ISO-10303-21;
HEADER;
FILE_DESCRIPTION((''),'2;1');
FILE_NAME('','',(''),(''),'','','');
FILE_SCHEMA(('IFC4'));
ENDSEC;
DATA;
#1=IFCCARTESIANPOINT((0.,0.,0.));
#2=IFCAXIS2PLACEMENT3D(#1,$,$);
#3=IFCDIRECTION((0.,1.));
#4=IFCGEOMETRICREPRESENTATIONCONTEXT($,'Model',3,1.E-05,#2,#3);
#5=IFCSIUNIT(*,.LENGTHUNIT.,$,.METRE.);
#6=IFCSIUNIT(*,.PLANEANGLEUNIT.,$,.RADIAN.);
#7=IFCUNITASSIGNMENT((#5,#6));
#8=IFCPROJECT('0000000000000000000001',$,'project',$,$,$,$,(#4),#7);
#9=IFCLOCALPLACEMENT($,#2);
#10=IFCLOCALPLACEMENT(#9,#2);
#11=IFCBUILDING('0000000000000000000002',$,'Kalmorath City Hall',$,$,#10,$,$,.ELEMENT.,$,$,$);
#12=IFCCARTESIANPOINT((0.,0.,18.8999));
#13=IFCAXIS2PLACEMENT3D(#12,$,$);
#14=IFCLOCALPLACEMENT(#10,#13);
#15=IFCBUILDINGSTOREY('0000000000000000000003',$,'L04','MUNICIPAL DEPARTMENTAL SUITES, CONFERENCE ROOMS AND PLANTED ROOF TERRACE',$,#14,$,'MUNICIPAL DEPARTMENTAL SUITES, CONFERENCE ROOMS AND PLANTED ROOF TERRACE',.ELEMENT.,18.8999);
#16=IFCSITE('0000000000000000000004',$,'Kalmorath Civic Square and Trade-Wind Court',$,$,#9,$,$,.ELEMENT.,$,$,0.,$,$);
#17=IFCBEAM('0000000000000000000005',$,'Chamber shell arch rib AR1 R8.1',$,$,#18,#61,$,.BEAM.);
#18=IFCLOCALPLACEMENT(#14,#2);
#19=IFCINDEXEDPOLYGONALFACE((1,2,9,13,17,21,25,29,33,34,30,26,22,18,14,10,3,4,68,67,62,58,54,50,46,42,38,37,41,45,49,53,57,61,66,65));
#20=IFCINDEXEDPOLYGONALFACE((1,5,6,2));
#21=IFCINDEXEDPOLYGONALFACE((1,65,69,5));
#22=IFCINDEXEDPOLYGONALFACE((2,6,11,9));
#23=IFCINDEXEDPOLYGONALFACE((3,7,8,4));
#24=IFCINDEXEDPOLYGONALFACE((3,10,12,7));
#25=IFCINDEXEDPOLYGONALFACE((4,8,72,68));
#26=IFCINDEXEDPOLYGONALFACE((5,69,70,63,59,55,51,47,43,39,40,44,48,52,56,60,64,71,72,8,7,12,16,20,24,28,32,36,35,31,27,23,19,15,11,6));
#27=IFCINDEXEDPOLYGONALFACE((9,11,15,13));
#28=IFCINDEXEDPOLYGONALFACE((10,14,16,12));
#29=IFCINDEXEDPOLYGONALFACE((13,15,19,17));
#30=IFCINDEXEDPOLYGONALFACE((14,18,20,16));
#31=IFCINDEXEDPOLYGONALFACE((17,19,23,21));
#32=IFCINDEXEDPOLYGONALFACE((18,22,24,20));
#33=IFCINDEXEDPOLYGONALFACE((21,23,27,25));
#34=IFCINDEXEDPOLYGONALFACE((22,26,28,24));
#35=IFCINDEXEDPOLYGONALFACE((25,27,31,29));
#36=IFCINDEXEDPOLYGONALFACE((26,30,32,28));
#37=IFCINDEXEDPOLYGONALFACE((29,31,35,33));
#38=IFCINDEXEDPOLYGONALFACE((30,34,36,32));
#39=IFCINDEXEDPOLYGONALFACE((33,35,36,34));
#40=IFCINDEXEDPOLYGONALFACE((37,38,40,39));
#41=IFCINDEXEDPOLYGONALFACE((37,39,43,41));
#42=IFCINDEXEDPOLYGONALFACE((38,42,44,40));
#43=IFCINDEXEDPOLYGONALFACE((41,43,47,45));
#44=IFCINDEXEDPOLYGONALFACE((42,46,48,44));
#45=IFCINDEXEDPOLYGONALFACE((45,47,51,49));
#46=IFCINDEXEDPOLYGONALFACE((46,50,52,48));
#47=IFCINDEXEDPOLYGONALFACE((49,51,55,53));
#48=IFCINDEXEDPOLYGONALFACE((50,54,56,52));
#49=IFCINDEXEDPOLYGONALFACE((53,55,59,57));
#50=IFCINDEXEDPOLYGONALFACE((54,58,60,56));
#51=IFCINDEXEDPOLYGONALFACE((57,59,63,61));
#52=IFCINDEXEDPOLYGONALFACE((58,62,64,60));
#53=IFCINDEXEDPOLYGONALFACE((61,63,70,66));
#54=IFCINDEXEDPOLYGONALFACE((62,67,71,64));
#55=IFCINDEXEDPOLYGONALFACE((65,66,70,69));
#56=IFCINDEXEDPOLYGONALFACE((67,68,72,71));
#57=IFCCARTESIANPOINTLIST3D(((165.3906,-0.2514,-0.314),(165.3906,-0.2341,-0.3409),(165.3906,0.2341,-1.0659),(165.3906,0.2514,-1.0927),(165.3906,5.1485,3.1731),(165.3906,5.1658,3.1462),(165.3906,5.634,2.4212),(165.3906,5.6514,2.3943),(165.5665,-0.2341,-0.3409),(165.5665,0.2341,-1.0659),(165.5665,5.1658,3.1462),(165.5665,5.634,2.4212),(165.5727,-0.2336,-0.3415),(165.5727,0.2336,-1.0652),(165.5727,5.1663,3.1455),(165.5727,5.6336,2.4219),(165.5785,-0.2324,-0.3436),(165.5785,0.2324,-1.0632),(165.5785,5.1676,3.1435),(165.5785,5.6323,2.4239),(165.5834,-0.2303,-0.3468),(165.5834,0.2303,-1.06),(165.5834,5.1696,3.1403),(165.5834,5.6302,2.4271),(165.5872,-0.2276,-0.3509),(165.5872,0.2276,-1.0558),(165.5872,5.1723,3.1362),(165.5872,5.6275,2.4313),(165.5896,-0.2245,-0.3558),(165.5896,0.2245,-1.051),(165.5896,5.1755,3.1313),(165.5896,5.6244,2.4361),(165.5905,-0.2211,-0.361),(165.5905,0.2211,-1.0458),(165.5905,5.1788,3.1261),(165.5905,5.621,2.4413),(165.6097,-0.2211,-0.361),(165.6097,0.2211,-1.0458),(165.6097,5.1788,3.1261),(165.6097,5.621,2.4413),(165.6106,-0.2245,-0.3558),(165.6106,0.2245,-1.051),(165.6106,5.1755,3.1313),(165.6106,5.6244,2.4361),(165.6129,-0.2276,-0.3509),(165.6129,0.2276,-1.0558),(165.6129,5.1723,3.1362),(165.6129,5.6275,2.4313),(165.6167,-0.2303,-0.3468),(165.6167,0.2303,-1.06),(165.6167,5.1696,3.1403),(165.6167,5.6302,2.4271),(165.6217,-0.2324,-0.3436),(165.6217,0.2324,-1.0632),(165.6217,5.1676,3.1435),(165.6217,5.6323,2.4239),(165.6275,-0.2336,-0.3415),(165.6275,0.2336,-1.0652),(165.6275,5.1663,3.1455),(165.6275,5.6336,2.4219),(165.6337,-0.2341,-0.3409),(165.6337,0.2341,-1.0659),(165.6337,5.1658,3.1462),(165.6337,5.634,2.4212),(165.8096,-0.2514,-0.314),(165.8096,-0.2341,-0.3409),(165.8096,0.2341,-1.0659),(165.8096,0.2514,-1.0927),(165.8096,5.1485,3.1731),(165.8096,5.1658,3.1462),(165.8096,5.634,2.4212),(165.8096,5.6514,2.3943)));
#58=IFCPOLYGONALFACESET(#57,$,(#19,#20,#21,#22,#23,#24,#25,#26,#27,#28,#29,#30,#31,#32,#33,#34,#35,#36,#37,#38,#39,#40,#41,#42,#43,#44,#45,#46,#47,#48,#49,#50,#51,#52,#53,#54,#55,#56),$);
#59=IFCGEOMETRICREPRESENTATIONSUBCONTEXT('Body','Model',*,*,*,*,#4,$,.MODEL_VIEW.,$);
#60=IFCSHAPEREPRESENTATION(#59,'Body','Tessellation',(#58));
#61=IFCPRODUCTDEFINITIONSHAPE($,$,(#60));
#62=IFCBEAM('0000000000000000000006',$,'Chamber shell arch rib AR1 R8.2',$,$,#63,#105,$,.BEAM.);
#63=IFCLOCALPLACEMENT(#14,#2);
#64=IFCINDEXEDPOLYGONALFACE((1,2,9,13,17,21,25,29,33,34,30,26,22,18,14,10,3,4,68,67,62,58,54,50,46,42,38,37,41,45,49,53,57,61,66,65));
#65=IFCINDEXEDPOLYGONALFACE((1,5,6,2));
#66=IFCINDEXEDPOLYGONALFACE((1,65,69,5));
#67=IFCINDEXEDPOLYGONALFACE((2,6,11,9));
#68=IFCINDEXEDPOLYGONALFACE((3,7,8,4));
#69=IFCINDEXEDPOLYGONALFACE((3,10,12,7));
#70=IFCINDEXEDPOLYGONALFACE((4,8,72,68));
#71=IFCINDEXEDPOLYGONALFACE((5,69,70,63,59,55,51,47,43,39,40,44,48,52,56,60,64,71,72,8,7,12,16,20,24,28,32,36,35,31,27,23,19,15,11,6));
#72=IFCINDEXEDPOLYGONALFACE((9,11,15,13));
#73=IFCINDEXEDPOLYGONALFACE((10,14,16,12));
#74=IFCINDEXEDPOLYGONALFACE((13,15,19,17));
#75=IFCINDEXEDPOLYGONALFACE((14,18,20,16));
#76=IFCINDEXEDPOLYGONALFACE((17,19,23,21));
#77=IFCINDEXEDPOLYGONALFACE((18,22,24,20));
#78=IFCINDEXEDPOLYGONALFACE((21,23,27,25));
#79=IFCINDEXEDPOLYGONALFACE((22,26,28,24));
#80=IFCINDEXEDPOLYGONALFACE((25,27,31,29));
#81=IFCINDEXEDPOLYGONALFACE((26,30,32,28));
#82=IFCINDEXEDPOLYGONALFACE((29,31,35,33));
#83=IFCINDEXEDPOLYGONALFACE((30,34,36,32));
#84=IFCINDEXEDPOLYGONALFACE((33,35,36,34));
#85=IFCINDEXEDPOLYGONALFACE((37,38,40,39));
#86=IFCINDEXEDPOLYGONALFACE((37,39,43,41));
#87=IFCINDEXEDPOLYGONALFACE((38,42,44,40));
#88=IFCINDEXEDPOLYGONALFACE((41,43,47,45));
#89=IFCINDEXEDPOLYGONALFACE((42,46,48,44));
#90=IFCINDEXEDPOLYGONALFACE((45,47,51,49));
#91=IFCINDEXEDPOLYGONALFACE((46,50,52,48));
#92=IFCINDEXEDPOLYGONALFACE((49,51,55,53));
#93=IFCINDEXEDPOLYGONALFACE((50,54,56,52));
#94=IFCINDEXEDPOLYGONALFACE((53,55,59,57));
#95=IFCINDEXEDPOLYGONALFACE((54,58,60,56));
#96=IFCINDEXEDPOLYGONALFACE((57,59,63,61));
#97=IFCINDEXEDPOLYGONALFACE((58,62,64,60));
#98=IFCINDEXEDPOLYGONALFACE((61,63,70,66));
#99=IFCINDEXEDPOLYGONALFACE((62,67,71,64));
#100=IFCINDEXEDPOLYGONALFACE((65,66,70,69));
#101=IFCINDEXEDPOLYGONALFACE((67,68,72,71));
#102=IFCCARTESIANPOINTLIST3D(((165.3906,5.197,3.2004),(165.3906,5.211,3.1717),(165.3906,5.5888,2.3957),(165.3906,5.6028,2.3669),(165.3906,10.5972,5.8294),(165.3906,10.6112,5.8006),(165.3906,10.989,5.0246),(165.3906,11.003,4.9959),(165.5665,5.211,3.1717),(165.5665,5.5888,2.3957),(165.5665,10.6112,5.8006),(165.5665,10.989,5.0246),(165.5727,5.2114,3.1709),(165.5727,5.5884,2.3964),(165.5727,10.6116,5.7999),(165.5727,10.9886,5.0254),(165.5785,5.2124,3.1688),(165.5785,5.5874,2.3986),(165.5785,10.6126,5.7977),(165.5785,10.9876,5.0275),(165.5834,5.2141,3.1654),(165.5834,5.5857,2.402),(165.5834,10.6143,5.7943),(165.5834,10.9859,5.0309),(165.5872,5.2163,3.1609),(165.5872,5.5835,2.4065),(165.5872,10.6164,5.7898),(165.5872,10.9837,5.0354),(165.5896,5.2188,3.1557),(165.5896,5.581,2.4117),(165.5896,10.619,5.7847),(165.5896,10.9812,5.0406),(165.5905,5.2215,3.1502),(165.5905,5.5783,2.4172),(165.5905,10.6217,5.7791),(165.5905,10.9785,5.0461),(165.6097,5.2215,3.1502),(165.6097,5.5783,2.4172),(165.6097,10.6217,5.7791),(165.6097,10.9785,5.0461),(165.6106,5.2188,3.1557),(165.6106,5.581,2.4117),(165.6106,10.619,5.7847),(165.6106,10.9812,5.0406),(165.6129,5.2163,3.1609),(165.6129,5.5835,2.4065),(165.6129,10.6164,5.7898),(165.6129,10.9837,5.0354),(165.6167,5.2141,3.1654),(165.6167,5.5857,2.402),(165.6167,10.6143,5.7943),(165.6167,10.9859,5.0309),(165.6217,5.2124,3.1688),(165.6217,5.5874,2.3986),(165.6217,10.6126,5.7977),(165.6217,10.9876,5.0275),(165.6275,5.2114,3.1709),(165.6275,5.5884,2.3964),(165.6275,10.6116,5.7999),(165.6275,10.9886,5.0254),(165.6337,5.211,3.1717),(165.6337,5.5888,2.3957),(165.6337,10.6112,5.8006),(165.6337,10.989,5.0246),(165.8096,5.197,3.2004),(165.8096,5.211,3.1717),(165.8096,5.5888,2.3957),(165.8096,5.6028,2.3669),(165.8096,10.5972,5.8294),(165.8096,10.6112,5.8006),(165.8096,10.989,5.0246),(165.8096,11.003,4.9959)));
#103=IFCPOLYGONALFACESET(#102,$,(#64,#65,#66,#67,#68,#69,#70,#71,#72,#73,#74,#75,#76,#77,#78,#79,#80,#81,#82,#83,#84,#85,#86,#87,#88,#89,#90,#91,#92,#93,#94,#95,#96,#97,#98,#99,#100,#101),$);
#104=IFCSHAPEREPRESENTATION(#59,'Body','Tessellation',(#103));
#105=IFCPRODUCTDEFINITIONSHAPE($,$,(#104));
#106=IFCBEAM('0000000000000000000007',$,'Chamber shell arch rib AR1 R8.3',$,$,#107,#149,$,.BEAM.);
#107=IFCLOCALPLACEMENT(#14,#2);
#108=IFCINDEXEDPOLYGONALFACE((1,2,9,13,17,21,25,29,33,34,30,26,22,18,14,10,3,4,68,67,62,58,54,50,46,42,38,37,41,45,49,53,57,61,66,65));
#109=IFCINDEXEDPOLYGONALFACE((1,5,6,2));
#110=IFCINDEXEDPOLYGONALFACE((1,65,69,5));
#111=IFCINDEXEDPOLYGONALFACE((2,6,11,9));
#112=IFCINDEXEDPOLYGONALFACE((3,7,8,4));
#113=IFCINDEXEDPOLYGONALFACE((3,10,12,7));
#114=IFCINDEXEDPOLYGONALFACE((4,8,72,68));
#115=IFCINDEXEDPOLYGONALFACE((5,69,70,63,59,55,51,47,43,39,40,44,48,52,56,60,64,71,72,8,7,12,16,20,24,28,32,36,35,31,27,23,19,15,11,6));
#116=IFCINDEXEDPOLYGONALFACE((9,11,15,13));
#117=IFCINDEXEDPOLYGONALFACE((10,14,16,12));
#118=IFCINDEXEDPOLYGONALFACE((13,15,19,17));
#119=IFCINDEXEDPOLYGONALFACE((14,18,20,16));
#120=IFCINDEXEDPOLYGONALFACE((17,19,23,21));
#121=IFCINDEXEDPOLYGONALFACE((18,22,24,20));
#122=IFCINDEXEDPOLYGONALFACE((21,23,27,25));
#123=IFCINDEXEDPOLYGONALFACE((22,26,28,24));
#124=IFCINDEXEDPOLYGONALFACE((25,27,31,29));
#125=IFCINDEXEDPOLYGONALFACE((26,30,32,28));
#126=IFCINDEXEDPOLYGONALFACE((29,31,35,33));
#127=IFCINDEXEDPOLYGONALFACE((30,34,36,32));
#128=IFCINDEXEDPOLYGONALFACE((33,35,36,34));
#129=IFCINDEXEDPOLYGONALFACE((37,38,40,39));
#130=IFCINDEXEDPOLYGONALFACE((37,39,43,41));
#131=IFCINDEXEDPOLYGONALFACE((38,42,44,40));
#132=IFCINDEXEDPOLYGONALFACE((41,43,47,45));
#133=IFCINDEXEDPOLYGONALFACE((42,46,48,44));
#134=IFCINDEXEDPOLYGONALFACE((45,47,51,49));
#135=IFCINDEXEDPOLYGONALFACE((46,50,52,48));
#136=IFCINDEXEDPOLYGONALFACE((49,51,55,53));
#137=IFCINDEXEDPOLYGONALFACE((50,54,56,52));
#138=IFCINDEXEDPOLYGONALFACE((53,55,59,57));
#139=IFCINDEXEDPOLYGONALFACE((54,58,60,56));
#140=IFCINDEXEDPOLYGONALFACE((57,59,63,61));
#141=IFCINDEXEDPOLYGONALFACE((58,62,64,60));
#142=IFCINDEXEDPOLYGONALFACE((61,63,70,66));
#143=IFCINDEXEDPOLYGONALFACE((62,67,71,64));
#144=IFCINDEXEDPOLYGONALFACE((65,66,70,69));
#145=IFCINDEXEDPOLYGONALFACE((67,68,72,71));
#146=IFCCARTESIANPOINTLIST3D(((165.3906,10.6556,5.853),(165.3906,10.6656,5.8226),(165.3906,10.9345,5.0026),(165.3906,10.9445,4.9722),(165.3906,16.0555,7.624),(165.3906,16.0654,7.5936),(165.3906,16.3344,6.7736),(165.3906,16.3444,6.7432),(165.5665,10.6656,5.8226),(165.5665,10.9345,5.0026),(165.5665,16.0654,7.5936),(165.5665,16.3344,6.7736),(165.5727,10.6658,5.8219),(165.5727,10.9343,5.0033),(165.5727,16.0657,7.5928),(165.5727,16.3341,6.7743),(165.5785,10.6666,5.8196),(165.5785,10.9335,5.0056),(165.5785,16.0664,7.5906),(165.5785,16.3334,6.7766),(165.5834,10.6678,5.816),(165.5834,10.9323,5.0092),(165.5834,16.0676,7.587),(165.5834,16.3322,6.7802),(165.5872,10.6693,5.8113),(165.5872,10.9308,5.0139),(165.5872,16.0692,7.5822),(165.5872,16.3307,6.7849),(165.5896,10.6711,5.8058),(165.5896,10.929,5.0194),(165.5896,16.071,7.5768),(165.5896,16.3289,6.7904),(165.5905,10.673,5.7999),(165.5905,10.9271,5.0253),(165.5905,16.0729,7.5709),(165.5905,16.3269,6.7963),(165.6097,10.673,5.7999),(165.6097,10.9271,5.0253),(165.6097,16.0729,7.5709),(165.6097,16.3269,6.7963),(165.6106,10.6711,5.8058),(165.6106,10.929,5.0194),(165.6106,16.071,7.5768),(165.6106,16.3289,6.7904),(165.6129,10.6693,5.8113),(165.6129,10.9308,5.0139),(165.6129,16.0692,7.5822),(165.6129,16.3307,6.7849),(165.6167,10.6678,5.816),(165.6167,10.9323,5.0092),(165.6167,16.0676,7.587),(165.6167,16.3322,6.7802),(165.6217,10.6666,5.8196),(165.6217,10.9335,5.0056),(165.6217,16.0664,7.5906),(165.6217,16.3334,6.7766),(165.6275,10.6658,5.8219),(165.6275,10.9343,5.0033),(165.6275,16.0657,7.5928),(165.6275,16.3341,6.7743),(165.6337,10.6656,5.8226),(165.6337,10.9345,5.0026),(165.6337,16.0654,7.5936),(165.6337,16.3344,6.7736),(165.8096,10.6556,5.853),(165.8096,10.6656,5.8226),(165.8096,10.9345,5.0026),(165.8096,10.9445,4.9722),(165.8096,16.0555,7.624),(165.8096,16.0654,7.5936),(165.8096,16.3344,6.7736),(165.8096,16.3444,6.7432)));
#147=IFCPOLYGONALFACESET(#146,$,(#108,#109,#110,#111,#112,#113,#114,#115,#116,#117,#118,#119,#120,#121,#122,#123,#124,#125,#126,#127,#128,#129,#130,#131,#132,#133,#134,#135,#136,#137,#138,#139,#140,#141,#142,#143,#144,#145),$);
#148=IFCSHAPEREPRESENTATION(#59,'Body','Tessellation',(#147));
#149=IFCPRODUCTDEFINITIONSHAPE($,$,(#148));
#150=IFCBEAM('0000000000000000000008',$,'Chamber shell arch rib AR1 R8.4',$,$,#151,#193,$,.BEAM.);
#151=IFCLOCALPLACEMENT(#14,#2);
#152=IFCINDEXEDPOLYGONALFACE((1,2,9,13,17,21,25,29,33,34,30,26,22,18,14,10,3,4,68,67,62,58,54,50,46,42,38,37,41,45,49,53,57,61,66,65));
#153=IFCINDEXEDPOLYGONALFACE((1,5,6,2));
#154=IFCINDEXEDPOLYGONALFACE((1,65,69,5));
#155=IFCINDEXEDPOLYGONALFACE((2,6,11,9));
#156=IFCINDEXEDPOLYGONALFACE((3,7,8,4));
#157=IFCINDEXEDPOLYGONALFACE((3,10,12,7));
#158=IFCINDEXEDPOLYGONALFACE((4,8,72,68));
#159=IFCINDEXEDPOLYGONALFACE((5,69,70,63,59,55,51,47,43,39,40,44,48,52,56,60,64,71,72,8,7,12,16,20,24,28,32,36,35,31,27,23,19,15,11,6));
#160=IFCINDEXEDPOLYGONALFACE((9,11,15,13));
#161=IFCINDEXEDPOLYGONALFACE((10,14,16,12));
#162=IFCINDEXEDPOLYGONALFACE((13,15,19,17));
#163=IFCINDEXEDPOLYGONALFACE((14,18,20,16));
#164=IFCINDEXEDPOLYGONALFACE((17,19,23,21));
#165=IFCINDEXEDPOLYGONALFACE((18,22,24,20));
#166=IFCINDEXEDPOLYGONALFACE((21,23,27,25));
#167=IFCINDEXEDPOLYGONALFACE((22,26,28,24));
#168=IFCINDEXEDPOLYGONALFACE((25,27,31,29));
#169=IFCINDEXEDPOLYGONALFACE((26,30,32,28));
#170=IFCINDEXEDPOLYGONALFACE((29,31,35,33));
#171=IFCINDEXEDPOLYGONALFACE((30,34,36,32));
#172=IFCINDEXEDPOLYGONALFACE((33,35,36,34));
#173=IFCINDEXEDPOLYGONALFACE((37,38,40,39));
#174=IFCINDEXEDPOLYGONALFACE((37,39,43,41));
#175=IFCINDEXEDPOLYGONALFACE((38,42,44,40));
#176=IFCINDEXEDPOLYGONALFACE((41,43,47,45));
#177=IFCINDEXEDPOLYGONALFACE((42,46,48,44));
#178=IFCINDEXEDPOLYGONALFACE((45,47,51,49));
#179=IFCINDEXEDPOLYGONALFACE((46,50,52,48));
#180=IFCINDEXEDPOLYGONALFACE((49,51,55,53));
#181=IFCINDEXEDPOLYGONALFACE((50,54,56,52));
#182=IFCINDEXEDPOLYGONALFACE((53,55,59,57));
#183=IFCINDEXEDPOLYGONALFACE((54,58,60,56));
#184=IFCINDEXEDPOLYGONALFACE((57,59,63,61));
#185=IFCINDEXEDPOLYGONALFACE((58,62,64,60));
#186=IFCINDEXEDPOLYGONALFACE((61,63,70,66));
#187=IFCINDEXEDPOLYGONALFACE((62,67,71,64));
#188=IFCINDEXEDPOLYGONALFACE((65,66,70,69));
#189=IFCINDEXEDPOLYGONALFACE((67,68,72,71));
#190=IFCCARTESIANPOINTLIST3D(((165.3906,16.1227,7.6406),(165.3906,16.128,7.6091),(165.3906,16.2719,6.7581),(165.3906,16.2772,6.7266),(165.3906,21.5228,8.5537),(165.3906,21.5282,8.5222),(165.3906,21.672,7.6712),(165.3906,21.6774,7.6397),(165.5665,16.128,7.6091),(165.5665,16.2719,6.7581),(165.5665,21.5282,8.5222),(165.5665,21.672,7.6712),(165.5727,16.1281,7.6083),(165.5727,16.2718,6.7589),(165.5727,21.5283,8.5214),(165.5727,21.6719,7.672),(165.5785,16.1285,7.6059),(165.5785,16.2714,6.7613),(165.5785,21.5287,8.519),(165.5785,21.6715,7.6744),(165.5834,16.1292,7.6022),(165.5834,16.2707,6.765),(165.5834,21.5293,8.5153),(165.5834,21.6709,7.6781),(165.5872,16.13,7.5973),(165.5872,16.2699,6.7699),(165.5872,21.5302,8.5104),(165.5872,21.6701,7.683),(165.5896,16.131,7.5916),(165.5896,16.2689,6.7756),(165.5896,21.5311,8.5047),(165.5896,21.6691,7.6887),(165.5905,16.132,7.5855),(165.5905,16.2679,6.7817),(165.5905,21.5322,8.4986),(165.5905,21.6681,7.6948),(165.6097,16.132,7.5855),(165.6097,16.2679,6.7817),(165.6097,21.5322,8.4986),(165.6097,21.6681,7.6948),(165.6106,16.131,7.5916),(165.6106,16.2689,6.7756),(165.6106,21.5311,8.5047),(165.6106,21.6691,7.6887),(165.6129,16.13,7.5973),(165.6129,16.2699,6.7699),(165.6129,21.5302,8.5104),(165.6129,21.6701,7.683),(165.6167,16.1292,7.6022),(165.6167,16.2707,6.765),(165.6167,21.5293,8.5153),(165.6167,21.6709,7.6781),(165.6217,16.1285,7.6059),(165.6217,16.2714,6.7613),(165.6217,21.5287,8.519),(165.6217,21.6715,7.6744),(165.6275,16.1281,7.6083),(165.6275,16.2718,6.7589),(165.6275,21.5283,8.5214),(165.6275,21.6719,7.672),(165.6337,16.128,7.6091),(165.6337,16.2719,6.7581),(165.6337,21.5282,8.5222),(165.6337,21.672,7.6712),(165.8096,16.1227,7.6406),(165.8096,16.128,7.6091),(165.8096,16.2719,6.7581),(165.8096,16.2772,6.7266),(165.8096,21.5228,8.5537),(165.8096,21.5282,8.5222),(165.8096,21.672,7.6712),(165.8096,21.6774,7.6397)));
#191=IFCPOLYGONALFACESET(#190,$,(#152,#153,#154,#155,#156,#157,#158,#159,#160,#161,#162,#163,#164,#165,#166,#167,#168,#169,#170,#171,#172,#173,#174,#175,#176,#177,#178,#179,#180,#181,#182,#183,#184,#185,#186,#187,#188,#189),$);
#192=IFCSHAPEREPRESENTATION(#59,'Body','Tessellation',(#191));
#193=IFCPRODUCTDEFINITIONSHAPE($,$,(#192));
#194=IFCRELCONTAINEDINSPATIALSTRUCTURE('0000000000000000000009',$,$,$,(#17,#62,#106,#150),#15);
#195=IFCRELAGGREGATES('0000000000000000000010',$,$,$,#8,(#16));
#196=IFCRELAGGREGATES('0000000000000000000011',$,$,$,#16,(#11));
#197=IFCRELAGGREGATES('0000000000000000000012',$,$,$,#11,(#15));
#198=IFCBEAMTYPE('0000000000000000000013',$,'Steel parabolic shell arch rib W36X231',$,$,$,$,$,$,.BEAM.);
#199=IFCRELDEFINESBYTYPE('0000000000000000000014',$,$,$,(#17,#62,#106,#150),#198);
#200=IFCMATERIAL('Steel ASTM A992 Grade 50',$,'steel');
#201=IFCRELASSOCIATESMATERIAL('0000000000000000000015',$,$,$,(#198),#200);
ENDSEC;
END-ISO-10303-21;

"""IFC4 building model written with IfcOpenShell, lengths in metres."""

from ifc_helpers import new_model, si_unit, direction, frame, origin, origin_2d, place, context, subcontext, project, spatial, i_section, extrude, material, material_profile, profile_set, type_object, element, save


model = new_model("IFC4")

# Units and contexts
model_context = context("Model", 3, precision=1e-05, world=origin(), true_north=direction((0.0, 1.0)))
body_context = subcontext(model_context, "Body", "Model", "MODEL_VIEW")
ifc_project = project(units=[si_unit("LENGTHUNIT", "METRE"), si_unit("PLANEANGLEUNIT", "RADIAN")], contexts=[model_context])

# Site, building, storey
site_placement = place(None, origin())
site = spatial("IfcSite", under=ifc_project, at=site_placement, Name="Kalmorath Civic Square and Trade-Wind Court", CompositionType="ELEMENT", RefElevation=0.0)
building_placement = place(site_placement, origin())
building = spatial("IfcBuilding", under=site, at=building_placement, Name="Kalmorath City Hall", CompositionType="ELEMENT")
storey_placement = place(building_placement, frame((0.0, 0.0, 18.8999)))
storey = spatial("IfcBuildingStorey", under=building, at=storey_placement, Name="L04", Description="MUNICIPAL DEPARTMENTAL SUITES, CONFERENCE ROOMS AND PLANTED ROOF TERRACE", LongName="MUNICIPAL DEPARTMENTAL SUITES, CONFERENCE ROOMS AND PLANTED ROOF TERRACE", CompositionType="ELEMENT", Elevation=18.8999)

# Beams
ifc_material_1 = material(Name="Steel ASTM A992 Grade 50", Category="steel")
ifc_material_profile_1 = material_profile(ifc_material_1, i_section(OverallWidth=0.4189, OverallDepth=0.927, WebThickness=0.0193, FlangeThickness=0.032, FilletRadius=0.0239, at=origin_2d()), Name="W36X231")
ifc_profile_set_1 = profile_set([ifc_material_profile_1], Name="Steel ASTM A992 Grade 50")
beam_type_1 = type_object("IfcBeamType", Name="Steel parabolic shell arch rib W36X231", PredefinedType="BEAM", material=ifc_profile_set_1)
beam_1_placement = place(storey_placement, frame((165.6001, 0.0, -0.7034), z_axis=(0.0, 0.840066, 0.542484), x_axis=(-1.0, 0.0, 0.0)))
element("IfcBeam", 1, at=beam_1_placement, inside=storey, type_object=beam_type_1, Name="Chamber shell arch rib AR1 R8.1", PredefinedType="BEAM", context=body_context, shape_type="SweptSolid", body=[
    extrude(i_section(OverallWidth=0.4189, OverallDepth=0.927, WebThickness=0.0193, FlangeThickness=0.032, FilletRadius=0.0239, at=origin_2d()), origin(), (0.0, 0.0, 1.0), 6.428),
])
beam_2_placement = place(storey_placement, frame((165.6001, 5.3999, 2.7837), z_axis=(0.0, 0.899117, 0.437709), x_axis=(-1.0, 0.0, 0.0)))
element("IfcBeam", 2, at=beam_2_placement, inside=storey, type_object=beam_type_1, Name="Chamber shell arch rib AR1 R8.2", PredefinedType="BEAM", context=body_context, shape_type="SweptSolid", body=[
    extrude(i_section(OverallWidth=0.4189, OverallDepth=0.927, WebThickness=0.0193, FlangeThickness=0.032, FilletRadius=0.0239, at=origin_2d()), origin(), (0.0, 0.0, 1.0), 6.0061),
])
beam_3_placement = place(storey_placement, frame((165.6001, 10.8, 5.4126), z_axis=(0.0, 0.950202, 0.311636), x_axis=(-1.0, 0.0, 0.0)))
element("IfcBeam", 3, at=beam_3_placement, inside=storey, type_object=beam_type_1, Name="Chamber shell arch rib AR1 R8.3", PredefinedType="BEAM", context=body_context, shape_type="SweptSolid", body=[
    extrude(i_section(OverallWidth=0.4189, OverallDepth=0.927, WebThickness=0.0193, FlangeThickness=0.032, FilletRadius=0.0239, at=origin_2d()), origin(), (0.0, 0.0, 1.0), 5.6829),
])
beam_4_placement = place(storey_placement, frame((165.6001, 16.2, 7.1836), z_axis=(0.0, 0.986004, 0.166719), x_axis=(-1.0, 0.0, 0.0)))
element("IfcBeam", 4, at=beam_4_placement, inside=storey, type_object=beam_type_1, Name="Chamber shell arch rib AR1 R8.4", PredefinedType="BEAM", context=body_context, shape_type="SweptSolid", body=[
    extrude(i_section(OverallWidth=0.4189, OverallDepth=0.927, WebThickness=0.0193, FlangeThickness=0.032, FilletRadius=0.0239, at=origin_2d()), origin(), (0.0, 0.0, 1.0), 5.4768),
])

save(model, "model.ifc")
